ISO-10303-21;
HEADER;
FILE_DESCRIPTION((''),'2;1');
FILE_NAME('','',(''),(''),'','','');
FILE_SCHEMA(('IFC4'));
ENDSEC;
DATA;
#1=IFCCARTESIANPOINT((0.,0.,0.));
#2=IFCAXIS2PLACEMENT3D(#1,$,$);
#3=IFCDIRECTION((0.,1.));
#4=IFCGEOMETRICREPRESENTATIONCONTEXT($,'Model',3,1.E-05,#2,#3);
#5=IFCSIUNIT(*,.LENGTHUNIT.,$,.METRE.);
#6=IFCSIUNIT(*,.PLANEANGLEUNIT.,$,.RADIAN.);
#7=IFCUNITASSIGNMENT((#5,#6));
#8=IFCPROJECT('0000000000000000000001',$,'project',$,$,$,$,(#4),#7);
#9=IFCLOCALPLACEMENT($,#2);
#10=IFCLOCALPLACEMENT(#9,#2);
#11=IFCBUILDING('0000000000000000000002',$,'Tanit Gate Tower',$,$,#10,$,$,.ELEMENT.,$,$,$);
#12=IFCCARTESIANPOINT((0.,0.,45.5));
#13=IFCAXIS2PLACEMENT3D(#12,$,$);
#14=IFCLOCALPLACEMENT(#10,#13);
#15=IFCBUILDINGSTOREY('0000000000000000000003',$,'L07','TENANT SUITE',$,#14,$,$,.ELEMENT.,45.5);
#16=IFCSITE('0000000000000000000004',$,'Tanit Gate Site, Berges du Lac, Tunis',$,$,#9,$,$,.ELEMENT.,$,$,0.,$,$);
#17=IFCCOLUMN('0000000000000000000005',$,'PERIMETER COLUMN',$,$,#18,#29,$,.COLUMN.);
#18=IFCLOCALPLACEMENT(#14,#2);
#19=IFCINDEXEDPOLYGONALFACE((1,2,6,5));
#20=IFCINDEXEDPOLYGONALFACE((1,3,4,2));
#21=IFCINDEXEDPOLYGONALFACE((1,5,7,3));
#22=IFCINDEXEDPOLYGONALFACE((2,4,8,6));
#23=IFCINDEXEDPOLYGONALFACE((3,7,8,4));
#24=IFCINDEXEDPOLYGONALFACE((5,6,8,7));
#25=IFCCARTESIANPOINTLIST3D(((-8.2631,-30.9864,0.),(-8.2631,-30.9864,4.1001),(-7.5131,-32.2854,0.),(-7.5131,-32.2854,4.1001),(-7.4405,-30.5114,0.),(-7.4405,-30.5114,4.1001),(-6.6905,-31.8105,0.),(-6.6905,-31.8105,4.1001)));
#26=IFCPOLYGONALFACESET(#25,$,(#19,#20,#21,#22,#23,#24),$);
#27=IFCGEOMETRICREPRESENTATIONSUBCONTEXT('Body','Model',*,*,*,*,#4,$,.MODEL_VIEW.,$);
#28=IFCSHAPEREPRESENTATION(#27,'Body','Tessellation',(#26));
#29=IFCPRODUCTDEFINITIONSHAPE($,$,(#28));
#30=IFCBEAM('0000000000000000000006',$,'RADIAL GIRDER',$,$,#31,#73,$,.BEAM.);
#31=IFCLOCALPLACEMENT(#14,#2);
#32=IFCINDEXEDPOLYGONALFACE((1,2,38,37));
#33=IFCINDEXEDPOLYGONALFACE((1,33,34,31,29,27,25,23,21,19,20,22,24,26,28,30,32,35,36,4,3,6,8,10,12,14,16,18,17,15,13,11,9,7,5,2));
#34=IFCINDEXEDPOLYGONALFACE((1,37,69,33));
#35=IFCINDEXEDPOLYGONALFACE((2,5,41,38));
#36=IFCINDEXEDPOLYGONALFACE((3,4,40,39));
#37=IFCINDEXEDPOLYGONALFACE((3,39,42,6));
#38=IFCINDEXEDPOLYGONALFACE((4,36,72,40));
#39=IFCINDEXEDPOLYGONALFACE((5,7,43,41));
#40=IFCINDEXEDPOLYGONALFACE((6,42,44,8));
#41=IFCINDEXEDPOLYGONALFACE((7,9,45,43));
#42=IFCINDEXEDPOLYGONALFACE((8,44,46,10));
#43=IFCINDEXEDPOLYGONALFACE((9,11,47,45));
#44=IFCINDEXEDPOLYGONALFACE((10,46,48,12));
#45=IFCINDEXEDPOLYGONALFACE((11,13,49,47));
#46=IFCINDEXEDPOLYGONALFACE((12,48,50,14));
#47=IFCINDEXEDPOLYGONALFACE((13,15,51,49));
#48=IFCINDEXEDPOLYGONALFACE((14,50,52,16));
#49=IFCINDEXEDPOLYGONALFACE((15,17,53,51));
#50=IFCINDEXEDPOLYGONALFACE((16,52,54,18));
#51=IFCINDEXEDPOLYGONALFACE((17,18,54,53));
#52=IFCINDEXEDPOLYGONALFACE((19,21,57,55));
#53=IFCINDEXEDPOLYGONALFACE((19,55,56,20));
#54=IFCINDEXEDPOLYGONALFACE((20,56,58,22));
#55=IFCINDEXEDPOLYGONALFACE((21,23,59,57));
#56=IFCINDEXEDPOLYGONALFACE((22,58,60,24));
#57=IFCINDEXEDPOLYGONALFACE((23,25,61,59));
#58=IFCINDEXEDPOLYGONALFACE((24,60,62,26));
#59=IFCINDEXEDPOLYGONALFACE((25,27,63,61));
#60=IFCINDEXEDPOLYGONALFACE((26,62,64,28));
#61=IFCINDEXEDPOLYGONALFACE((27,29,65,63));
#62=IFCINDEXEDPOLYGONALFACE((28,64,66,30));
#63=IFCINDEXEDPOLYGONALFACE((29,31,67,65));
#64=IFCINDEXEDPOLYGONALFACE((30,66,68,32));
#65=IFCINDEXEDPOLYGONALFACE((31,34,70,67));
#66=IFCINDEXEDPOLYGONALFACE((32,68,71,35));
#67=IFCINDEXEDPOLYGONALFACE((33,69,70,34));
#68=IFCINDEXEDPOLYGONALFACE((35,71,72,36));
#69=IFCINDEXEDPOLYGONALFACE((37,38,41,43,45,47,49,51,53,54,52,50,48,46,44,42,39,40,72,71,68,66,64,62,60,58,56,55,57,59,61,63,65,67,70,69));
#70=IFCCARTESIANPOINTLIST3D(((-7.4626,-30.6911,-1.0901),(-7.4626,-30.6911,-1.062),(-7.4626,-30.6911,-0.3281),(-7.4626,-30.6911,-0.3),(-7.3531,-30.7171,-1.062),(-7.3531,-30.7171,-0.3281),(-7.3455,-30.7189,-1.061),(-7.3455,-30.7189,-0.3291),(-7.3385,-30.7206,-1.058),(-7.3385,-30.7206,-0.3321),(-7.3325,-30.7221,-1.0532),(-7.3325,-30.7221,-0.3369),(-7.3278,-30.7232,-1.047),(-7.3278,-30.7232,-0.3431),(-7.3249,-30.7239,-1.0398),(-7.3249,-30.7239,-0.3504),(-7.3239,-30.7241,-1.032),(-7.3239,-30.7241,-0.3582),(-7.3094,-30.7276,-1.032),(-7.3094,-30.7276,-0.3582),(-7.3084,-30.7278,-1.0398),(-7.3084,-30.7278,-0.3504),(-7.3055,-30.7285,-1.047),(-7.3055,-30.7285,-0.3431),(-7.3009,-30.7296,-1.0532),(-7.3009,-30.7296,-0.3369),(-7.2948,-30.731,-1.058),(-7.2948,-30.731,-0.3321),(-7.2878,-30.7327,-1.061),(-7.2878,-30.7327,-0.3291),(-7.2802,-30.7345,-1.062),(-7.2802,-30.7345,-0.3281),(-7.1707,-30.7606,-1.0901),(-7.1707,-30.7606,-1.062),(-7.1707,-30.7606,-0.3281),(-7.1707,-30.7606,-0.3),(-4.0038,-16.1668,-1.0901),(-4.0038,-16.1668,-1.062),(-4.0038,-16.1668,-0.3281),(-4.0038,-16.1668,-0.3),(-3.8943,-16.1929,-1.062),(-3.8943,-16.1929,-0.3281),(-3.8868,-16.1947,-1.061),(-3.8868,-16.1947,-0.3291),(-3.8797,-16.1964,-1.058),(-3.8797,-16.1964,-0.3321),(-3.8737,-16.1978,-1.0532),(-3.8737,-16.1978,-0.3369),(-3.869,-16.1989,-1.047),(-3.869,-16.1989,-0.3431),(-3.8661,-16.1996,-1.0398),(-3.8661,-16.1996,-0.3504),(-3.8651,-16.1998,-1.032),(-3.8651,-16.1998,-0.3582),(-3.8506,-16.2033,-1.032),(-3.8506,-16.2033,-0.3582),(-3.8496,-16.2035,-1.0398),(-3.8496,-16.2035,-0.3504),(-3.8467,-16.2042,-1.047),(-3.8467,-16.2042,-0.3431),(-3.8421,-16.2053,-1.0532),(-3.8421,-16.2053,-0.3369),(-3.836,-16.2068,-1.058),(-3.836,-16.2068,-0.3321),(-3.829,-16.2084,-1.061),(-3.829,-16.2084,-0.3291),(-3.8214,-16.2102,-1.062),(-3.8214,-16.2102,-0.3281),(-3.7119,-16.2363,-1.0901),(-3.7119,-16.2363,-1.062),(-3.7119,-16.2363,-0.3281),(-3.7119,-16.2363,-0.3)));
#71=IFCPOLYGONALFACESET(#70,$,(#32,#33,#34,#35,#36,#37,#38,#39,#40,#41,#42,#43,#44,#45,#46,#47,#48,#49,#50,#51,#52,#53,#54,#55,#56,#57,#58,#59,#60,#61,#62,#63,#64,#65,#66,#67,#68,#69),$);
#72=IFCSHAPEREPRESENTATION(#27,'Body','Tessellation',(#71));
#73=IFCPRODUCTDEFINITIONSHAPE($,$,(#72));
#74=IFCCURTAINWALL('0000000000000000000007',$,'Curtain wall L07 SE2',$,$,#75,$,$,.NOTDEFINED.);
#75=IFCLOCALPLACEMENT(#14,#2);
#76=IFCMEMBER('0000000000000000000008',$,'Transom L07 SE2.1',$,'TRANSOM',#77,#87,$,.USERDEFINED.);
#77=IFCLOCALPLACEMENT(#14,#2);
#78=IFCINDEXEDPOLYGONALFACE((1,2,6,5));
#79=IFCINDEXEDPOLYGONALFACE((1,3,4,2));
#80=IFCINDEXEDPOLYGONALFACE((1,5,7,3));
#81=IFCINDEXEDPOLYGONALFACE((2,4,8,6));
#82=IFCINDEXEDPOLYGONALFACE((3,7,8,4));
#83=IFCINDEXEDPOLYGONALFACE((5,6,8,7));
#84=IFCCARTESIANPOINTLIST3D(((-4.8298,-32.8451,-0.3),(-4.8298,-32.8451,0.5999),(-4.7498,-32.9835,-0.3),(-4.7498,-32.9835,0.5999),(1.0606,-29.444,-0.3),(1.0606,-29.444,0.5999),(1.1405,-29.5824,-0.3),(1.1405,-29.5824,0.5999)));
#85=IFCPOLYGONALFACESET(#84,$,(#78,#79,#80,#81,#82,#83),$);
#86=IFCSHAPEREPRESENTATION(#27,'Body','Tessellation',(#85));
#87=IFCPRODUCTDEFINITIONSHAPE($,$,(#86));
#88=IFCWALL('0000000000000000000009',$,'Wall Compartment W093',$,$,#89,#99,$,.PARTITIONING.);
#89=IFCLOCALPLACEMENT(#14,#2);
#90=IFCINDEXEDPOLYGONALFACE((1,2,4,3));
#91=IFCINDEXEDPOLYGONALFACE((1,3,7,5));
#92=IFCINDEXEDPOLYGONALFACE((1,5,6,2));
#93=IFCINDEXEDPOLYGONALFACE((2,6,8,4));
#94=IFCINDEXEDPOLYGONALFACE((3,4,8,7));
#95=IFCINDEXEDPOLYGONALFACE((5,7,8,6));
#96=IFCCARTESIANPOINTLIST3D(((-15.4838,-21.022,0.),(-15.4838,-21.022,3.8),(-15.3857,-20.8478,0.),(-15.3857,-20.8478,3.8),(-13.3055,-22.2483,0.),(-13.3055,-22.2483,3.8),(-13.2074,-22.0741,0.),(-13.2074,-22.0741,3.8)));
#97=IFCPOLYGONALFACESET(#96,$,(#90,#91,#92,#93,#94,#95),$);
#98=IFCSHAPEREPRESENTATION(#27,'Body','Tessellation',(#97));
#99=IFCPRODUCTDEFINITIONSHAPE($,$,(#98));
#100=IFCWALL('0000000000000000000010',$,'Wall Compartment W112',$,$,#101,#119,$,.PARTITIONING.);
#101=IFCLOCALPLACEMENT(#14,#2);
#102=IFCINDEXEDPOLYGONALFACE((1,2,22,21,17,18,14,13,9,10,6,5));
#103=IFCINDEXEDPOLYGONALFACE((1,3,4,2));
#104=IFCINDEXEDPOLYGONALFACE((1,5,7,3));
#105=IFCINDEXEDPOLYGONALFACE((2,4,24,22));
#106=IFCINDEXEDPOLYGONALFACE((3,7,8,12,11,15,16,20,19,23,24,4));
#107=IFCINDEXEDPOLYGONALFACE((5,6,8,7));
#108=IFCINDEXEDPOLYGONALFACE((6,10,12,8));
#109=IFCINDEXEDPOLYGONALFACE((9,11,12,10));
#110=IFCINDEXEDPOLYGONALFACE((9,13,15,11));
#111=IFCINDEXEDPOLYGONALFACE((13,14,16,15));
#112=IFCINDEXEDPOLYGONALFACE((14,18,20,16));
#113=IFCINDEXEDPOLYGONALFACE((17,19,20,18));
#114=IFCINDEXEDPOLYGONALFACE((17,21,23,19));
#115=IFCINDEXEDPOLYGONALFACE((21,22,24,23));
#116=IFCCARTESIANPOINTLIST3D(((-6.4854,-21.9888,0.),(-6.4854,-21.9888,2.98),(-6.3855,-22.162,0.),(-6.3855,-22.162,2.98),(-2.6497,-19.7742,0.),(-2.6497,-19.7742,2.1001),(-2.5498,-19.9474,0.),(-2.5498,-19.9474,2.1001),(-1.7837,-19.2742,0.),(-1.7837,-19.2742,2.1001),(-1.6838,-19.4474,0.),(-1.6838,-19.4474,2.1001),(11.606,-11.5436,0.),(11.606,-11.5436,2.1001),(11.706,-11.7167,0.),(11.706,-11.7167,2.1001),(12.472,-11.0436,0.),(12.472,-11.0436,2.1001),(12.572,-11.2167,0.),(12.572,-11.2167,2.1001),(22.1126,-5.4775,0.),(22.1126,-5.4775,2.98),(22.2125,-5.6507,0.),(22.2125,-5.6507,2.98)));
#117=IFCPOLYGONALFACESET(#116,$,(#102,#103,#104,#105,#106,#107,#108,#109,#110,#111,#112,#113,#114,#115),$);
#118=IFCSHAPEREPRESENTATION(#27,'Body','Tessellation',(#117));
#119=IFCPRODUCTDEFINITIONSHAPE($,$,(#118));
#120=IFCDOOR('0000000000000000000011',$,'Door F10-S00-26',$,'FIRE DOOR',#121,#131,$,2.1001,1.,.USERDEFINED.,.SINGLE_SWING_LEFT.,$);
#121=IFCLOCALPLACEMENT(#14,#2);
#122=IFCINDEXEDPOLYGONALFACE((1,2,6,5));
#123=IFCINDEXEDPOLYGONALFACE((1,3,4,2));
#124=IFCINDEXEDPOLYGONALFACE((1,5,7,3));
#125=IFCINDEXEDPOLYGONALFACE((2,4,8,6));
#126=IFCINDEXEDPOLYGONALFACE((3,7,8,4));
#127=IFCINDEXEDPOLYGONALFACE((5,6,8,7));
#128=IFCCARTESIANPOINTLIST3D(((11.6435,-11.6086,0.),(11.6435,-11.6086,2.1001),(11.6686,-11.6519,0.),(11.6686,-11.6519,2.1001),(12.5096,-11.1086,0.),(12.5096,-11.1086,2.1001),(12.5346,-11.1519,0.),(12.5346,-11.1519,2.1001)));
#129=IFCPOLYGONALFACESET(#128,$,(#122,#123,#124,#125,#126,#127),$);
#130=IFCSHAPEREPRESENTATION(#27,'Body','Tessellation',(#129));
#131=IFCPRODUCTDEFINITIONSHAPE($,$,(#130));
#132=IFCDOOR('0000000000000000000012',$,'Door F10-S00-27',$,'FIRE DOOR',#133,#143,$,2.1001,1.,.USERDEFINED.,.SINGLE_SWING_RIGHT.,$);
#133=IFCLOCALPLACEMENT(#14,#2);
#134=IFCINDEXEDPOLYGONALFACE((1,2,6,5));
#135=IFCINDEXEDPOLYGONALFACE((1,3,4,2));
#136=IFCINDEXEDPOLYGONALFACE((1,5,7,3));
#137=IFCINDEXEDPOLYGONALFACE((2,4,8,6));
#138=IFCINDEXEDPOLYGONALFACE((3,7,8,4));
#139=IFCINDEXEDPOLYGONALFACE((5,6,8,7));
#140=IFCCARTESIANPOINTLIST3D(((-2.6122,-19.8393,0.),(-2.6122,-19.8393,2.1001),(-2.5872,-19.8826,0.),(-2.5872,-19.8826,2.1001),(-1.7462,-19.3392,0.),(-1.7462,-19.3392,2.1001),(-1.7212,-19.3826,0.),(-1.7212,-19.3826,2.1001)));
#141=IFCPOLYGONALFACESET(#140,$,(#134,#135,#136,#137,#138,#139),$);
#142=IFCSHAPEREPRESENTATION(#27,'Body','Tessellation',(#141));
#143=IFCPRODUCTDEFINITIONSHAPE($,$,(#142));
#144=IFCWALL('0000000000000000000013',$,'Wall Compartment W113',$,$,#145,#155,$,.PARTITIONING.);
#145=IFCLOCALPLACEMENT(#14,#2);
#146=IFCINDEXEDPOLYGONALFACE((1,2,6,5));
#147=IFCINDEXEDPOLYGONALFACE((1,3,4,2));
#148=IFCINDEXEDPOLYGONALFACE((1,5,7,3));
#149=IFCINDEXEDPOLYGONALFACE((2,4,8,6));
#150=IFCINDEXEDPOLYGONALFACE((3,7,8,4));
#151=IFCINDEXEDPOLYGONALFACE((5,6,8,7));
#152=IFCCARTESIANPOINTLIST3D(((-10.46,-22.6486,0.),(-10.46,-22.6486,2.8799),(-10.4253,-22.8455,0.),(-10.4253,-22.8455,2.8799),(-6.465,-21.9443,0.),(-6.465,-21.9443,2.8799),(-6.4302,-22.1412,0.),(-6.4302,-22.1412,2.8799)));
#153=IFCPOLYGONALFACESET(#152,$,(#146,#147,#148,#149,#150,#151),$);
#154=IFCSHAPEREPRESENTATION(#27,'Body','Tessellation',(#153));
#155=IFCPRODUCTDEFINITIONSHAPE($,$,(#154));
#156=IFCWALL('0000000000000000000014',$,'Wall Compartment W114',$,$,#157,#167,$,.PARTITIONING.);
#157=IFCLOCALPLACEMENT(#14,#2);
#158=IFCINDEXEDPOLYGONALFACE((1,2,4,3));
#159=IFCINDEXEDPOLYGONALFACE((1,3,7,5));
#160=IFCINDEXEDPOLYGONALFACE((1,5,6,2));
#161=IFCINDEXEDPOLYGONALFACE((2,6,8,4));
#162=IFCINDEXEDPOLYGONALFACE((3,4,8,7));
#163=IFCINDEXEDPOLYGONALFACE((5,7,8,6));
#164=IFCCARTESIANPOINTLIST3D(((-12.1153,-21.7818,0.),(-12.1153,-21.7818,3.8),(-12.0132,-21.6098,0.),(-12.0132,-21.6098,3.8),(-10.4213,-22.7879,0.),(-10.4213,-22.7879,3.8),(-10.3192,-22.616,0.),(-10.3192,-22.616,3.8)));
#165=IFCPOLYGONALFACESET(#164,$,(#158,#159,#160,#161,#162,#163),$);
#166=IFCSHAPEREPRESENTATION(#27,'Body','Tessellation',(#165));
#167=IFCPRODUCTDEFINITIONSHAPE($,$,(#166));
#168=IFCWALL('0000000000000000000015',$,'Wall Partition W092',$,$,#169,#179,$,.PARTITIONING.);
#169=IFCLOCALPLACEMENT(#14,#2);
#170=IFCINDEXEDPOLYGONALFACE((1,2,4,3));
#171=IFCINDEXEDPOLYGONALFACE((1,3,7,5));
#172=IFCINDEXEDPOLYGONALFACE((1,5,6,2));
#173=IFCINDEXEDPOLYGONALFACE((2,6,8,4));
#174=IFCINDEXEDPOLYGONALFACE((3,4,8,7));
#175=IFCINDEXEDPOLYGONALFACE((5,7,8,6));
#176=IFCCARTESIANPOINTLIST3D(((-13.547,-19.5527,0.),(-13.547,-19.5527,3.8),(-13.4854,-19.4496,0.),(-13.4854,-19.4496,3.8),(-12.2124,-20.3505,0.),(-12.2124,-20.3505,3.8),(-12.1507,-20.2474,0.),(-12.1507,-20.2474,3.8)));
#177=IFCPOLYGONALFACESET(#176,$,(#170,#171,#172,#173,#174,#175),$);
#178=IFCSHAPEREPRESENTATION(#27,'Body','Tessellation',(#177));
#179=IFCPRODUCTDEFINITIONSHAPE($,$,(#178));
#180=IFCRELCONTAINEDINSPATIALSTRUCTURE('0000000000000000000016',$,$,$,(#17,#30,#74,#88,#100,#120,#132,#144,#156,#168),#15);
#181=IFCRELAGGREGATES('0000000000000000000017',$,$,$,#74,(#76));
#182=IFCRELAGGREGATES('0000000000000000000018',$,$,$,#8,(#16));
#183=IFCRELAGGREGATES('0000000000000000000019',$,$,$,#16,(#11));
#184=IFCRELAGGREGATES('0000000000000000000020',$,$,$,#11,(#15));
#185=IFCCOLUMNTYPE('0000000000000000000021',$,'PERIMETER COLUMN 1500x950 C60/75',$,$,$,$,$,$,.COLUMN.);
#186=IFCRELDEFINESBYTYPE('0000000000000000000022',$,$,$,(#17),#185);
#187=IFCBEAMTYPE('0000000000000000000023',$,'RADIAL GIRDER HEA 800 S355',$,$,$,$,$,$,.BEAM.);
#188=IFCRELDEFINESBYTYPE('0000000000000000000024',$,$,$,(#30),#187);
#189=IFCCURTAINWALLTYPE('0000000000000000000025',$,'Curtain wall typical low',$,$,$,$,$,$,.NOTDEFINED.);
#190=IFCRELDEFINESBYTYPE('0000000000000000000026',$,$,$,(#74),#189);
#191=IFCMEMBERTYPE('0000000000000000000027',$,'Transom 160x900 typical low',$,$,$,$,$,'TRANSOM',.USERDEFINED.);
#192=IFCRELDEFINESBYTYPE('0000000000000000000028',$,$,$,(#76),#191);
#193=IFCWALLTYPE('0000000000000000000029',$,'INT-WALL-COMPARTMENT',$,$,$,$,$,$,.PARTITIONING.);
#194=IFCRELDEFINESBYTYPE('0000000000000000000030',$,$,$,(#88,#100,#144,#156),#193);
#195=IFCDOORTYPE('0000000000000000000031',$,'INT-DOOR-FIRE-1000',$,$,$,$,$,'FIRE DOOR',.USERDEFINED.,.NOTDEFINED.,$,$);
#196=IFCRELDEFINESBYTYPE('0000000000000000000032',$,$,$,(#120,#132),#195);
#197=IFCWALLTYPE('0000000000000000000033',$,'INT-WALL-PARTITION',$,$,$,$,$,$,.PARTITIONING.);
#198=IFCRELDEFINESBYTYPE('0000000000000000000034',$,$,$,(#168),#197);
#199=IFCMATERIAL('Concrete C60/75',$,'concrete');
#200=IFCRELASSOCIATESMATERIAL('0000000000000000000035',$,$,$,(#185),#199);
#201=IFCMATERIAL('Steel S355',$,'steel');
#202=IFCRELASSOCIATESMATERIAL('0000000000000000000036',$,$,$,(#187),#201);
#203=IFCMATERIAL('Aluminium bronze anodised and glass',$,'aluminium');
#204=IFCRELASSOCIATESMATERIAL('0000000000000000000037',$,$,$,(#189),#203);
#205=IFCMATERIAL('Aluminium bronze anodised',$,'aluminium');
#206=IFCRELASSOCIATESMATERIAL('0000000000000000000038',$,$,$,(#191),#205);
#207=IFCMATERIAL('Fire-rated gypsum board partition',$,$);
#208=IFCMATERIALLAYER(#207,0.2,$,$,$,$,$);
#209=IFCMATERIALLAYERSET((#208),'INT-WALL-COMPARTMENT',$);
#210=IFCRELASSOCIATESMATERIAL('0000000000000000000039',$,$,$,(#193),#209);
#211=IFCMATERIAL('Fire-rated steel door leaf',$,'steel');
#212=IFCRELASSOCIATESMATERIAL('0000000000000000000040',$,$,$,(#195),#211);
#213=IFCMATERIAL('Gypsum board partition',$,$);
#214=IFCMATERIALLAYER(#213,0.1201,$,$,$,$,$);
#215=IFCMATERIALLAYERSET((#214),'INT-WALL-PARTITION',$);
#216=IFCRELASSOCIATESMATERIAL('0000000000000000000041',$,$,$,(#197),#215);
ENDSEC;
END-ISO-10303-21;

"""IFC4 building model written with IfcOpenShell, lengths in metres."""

from ifc_helpers import new_model, si_unit, direction, frame, frame_2d, origin, origin_2d, place, context, subcontext, project, spatial, rectangle, i_section, extrude, material, layer, layer_set, material_profile, profile_set, type_object, element, fill, aggregate, save


model = new_model("IFC4")

# Units and contexts
model_context = context("Model", 3, precision=1e-05, world=origin(), true_north=direction((0.0, 1.0)))
body_context = subcontext(model_context, "Body", "Model", "MODEL_VIEW")
ifc_project = project(units=[si_unit("LENGTHUNIT", "METRE"), si_unit("PLANEANGLEUNIT", "RADIAN")], contexts=[model_context])

# Site, building, storey
site_placement = place(None, origin())
site = spatial("IfcSite", under=ifc_project, at=site_placement, Name="Tanit Gate Site, Berges du Lac, Tunis", CompositionType="ELEMENT", RefElevation=0.0)
building_placement = place(site_placement, origin())
building = spatial("IfcBuilding", under=site, at=building_placement, Name="Tanit Gate Tower", CompositionType="ELEMENT")
storey_placement = place(building_placement, frame((0.0, 0.0, 45.5)))
storey = spatial("IfcBuildingStorey", under=building, at=storey_placement, Name="L07", Description="TENANT SUITE", CompositionType="ELEMENT", Elevation=45.5)

# Column
ifc_material_1 = material(Name="Concrete C60/75", Category="concrete")
ifc_material_profile_1 = material_profile(ifc_material_1, rectangle(XDim=1.5, YDim=0.95, at=origin_2d()), Name="RC 1500x950")
ifc_profile_set_1 = profile_set([ifc_material_profile_1], Name="Concrete C60/75")
column_type = type_object("IfcColumnType", Name="PERIMETER COLUMN 1500x950 C60/75", PredefinedType="COLUMN", material=ifc_profile_set_1)
column_placement = place(storey_placement, frame((-7.4768, -31.3984, 0.0), z_axis=(0.0, 0.0, 1.0), x_axis=(0.5, -0.866025, 0.0)))
element("IfcColumn", 1, at=column_placement, inside=storey, type_object=column_type, Name="PERIMETER COLUMN", PredefinedType="COLUMN", context=body_context, shape_type="SweptSolid", body=[
    extrude(rectangle(XDim=1.5, YDim=0.95, at=origin_2d()), origin(), (0.0, 0.0, 1.0), 4.1001),
])

# Beam
ifc_material_2 = material(Name="Steel S355", Category="steel")
ifc_material_profile_2 = material_profile(ifc_material_2, i_section(OverallWidth=0.3, OverallDepth=0.79, WebThickness=0.0149, FlangeThickness=0.0281, FilletRadius=0.03, at=origin_2d()), Name="HEA 800")
ifc_profile_set_2 = profile_set([ifc_material_profile_2], Name="Steel S355")
beam_type = type_object("IfcBeamType", Name="RADIAL GIRDER HEA 800 S355", PredefinedType="BEAM", material=ifc_profile_set_2)
beam_placement = place(storey_placement, frame((-7.3167, -30.7258, -0.6951), z_axis=(0.231659, 0.972797, 0.0), x_axis=(-0.972797, 0.231659, 0.0)))
element("IfcBeam", 2, at=beam_placement, inside=storey, type_object=beam_type, Name="RADIAL GIRDER", PredefinedType="BEAM", context=body_context, shape_type="SweptSolid", body=[
    extrude(i_section(OverallWidth=0.3, OverallDepth=0.79, WebThickness=0.0149, FlangeThickness=0.0281, FilletRadius=0.03, at=origin_2d()), origin(), (0.0, 0.0, 1.0), 14.9304),
])

# Curtain wall, member
ifc_material_3 = material(Name="Aluminium bronze anodised and glass", Category="aluminium")
curtain_wall_type = type_object("IfcCurtainWallType", Name="Curtain wall typical low", PredefinedType="NOTDEFINED", material=ifc_material_3)
curtain_wall_placement = place(storey_placement, origin())
curtain_wall = element("IfcCurtainWall", 3, at=curtain_wall_placement, inside=storey, type_object=curtain_wall_type, Name="Curtain wall L07 SE2", PredefinedType="NOTDEFINED")
ifc_material_4 = material(Name="Aluminium bronze anodised", Category="aluminium")
ifc_material_profile_3 = material_profile(ifc_material_4, rectangle(XDim=0.1599, YDim=0.8999, at=origin_2d()), Name="160x900 bronze transom")
ifc_profile_set_3 = profile_set([ifc_material_profile_3], Name="Aluminium bronze anodised")
member_type = type_object("IfcMemberType", Name="Transom 160x900 typical low", ElementType="TRANSOM", PredefinedType="USERDEFINED", material=ifc_profile_set_3)
member_placement = place(storey_placement, frame((-4.7898, -32.9143, 0.1499), z_axis=(0.866006, 0.500034, 0.0), x_axis=(-0.500034, 0.866006, 0.0)))
member = element("IfcMember", 4, at=member_placement, type_object=member_type, Name="Transom L07 SE2.1", ObjectType="TRANSOM", PredefinedType="USERDEFINED", context=body_context, shape_type="SweptSolid", body=[
    extrude(rectangle(XDim=0.1599, YDim=0.8999, at=origin_2d()), origin(), (0.0, 0.0, 1.0), 6.8018),
])
aggregate(curtain_wall, [member])

# Wall
ifc_material_5 = material(Name="Fire-rated gypsum board partition")
ifc_layer_1 = layer(ifc_material_5, 0.2)
ifc_layer_set_1 = layer_set([ifc_layer_1], Name="INT-WALL-COMPARTMENT")
wall_type_1 = type_object("IfcWallType", Name="INT-WALL-COMPARTMENT", PredefinedType="PARTITIONING", material=ifc_layer_set_1)
wall_1_placement = place(storey_placement, frame((-15.4348, -20.9348, 0.0), z_axis=(0.0, 0.0, 1.0), x_axis=(0.871393, -0.490586, 0.0)))
element("IfcWall", 5, at=wall_1_placement, inside=storey, type_object=wall_type_1, Name="Wall Compartment W093", PredefinedType="PARTITIONING", context=body_context, shape_type="SweptSolid", body=[
    extrude(rectangle(XDim=2.4998, YDim=0.2, at=frame_2d((1.25, 0.0))), origin(), (0.0, 0.0, 1.0), 3.8),
])

# Wall, openings, doors
wall_2_placement = place(storey_placement, frame((-6.4355, -22.0754, 0.0), z_axis=(0.0, 0.0, 1.0), x_axis=(0.866022, 0.500005, 0.0)))
wall_2 = element("IfcWall", 6, at=wall_2_placement, inside=storey, type_object=wall_type_1, Name="Wall Compartment W112", PredefinedType="PARTITIONING", context=body_context, shape_type="SweptSolid", body=[
    extrude(rectangle(XDim=33.0222, YDim=0.2, at=frame_2d((16.5112, 0.0))), origin(), (0.0, 0.0, 1.0), 2.98),
])
opening_1_placement = place(wall_2_placement, frame((20.8904, 0.0, 0.0)))
opening_1 = element("IfcOpeningElement", 7, at=opening_1_placement, cuts=wall_2, PredefinedType="OPENING", context=body_context, shape_type="SweptSolid", body=[
    extrude(rectangle(XDim=1.0, YDim=2.1001, at=frame_2d((0.5, 1.05))), frame((0.0, 0.1099, 0.0), z_axis=(0.0, -1.0, 0.0), x_axis=(1.0, 0.0, 0.0)), (0.0, 0.0, 1.0), 0.22),
])
opening_2_placement = place(wall_2_placement, frame((4.4292, 0.0, 0.0)))
opening_2 = element("IfcOpeningElement", 8, at=opening_2_placement, cuts=wall_2, PredefinedType="OPENING", context=body_context, shape_type="SweptSolid", body=[
    extrude(rectangle(XDim=1.0, YDim=2.1001, at=frame_2d((0.5, 1.05))), frame((0.0, 0.1099, 0.0), z_axis=(0.0, -1.0, 0.0), x_axis=(1.0, 0.0, 0.0)), (0.0, 0.0, 1.0), 0.22),
])
ifc_material_6 = material(Name="Fire-rated steel door leaf", Category="steel")
door_type_1 = type_object("IfcDoorType", Name="INT-DOOR-FIRE-1000", ElementType="FIRE DOOR", OperationType="NOTDEFINED", PredefinedType="USERDEFINED", material=ifc_material_6)
door_1_placement = place(opening_1_placement, origin())
door_1 = element("IfcDoor", 9, at=door_1_placement, inside=storey, type_object=door_type_1, Name="Door F10-S00-26", ObjectType="FIRE DOOR", OperationType="SINGLE_SWING_LEFT", OverallHeight=2.1001, OverallWidth=1.0, PredefinedType="USERDEFINED", context=body_context, shape_type="SweptSolid", body=[
    extrude(rectangle(XDim=1.0, YDim=2.1001, at=frame_2d((0.5, 1.05))), frame((0.0, 0.0249, 0.0), z_axis=(0.0, -1.0, 0.0), x_axis=(1.0, 0.0, 0.0)), (0.0, 0.0, 1.0), 0.05),
])
fill(opening_1, door_1)
door_2_placement = place(opening_2_placement, origin())
door_2 = element("IfcDoor", 10, at=door_2_placement, inside=storey, type_object=door_type_1, Name="Door F10-S00-27", ObjectType="FIRE DOOR", OperationType="SINGLE_SWING_RIGHT", OverallHeight=2.1001, OverallWidth=1.0, PredefinedType="USERDEFINED", context=body_context, shape_type="SweptSolid", body=[
    extrude(rectangle(XDim=1.0, YDim=2.1001, at=frame_2d((0.5, 1.05))), frame((0.0, 0.0249, 0.0), z_axis=(0.0, -1.0, 0.0), x_axis=(1.0, 0.0, 0.0)), (0.0, 0.0, 1.0), 0.05),
])
fill(opening_2, door_2)

# Walls
wall_3_placement = place(storey_placement, frame((-10.4426, -22.7471, 0.0), z_axis=(0.0, 0.0, 1.0), x_axis=(0.984812, 0.173624, 0.0)))
element("IfcWall", 11, at=wall_3_placement, inside=storey, type_object=wall_type_1, Name="Wall Compartment W113", PredefinedType="PARTITIONING", context=body_context, shape_type="SweptSolid", body=[
    extrude(rectangle(XDim=4.0566, YDim=0.2, at=frame_2d((2.0283, 0.0))), origin(), (0.0, 0.0, 1.0), 2.8799),
])
wall_4_placement = place(storey_placement, frame((-12.0642, -21.6958, 0.0), z_axis=(0.0, 0.0, 1.0), x_axis=(0.85977, -0.510682, 0.0)))
element("IfcWall", 12, at=wall_4_placement, inside=storey, type_object=wall_type_1, Name="Wall Compartment W114", PredefinedType="PARTITIONING", context=body_context, shape_type="SweptSolid", body=[
    extrude(rectangle(XDim=1.9702, YDim=0.2, at=frame_2d((0.9851, 0.0))), origin(), (0.0, 0.0, 1.0), 3.8),
])
ifc_material_7 = material(Name="Gypsum board partition")
ifc_layer_2 = layer(ifc_material_7, 0.1201)
ifc_layer_set_2 = layer_set([ifc_layer_2], Name="INT-WALL-PARTITION")
wall_type_2 = type_object("IfcWallType", Name="INT-WALL-PARTITION", PredefinedType="PARTITIONING", material=ifc_layer_set_2)
wall_5_placement = place(storey_placement, frame((-13.5161, -19.5012, 0.0), z_axis=(0.0, 0.0, 1.0), x_axis=(0.858337, -0.513087, 0.0)))
element("IfcWall", 13, at=wall_5_placement, inside=storey, type_object=wall_type_2, Name="Wall Partition W092", PredefinedType="PARTITIONING", context=body_context, shape_type="SweptSolid", body=[
    extrude(rectangle(XDim=1.5549, YDim=0.1201, at=frame_2d((0.7773, 0.0))), origin(), (0.0, 0.0, 1.0), 3.8),
])

save(model, "model.ifc")
